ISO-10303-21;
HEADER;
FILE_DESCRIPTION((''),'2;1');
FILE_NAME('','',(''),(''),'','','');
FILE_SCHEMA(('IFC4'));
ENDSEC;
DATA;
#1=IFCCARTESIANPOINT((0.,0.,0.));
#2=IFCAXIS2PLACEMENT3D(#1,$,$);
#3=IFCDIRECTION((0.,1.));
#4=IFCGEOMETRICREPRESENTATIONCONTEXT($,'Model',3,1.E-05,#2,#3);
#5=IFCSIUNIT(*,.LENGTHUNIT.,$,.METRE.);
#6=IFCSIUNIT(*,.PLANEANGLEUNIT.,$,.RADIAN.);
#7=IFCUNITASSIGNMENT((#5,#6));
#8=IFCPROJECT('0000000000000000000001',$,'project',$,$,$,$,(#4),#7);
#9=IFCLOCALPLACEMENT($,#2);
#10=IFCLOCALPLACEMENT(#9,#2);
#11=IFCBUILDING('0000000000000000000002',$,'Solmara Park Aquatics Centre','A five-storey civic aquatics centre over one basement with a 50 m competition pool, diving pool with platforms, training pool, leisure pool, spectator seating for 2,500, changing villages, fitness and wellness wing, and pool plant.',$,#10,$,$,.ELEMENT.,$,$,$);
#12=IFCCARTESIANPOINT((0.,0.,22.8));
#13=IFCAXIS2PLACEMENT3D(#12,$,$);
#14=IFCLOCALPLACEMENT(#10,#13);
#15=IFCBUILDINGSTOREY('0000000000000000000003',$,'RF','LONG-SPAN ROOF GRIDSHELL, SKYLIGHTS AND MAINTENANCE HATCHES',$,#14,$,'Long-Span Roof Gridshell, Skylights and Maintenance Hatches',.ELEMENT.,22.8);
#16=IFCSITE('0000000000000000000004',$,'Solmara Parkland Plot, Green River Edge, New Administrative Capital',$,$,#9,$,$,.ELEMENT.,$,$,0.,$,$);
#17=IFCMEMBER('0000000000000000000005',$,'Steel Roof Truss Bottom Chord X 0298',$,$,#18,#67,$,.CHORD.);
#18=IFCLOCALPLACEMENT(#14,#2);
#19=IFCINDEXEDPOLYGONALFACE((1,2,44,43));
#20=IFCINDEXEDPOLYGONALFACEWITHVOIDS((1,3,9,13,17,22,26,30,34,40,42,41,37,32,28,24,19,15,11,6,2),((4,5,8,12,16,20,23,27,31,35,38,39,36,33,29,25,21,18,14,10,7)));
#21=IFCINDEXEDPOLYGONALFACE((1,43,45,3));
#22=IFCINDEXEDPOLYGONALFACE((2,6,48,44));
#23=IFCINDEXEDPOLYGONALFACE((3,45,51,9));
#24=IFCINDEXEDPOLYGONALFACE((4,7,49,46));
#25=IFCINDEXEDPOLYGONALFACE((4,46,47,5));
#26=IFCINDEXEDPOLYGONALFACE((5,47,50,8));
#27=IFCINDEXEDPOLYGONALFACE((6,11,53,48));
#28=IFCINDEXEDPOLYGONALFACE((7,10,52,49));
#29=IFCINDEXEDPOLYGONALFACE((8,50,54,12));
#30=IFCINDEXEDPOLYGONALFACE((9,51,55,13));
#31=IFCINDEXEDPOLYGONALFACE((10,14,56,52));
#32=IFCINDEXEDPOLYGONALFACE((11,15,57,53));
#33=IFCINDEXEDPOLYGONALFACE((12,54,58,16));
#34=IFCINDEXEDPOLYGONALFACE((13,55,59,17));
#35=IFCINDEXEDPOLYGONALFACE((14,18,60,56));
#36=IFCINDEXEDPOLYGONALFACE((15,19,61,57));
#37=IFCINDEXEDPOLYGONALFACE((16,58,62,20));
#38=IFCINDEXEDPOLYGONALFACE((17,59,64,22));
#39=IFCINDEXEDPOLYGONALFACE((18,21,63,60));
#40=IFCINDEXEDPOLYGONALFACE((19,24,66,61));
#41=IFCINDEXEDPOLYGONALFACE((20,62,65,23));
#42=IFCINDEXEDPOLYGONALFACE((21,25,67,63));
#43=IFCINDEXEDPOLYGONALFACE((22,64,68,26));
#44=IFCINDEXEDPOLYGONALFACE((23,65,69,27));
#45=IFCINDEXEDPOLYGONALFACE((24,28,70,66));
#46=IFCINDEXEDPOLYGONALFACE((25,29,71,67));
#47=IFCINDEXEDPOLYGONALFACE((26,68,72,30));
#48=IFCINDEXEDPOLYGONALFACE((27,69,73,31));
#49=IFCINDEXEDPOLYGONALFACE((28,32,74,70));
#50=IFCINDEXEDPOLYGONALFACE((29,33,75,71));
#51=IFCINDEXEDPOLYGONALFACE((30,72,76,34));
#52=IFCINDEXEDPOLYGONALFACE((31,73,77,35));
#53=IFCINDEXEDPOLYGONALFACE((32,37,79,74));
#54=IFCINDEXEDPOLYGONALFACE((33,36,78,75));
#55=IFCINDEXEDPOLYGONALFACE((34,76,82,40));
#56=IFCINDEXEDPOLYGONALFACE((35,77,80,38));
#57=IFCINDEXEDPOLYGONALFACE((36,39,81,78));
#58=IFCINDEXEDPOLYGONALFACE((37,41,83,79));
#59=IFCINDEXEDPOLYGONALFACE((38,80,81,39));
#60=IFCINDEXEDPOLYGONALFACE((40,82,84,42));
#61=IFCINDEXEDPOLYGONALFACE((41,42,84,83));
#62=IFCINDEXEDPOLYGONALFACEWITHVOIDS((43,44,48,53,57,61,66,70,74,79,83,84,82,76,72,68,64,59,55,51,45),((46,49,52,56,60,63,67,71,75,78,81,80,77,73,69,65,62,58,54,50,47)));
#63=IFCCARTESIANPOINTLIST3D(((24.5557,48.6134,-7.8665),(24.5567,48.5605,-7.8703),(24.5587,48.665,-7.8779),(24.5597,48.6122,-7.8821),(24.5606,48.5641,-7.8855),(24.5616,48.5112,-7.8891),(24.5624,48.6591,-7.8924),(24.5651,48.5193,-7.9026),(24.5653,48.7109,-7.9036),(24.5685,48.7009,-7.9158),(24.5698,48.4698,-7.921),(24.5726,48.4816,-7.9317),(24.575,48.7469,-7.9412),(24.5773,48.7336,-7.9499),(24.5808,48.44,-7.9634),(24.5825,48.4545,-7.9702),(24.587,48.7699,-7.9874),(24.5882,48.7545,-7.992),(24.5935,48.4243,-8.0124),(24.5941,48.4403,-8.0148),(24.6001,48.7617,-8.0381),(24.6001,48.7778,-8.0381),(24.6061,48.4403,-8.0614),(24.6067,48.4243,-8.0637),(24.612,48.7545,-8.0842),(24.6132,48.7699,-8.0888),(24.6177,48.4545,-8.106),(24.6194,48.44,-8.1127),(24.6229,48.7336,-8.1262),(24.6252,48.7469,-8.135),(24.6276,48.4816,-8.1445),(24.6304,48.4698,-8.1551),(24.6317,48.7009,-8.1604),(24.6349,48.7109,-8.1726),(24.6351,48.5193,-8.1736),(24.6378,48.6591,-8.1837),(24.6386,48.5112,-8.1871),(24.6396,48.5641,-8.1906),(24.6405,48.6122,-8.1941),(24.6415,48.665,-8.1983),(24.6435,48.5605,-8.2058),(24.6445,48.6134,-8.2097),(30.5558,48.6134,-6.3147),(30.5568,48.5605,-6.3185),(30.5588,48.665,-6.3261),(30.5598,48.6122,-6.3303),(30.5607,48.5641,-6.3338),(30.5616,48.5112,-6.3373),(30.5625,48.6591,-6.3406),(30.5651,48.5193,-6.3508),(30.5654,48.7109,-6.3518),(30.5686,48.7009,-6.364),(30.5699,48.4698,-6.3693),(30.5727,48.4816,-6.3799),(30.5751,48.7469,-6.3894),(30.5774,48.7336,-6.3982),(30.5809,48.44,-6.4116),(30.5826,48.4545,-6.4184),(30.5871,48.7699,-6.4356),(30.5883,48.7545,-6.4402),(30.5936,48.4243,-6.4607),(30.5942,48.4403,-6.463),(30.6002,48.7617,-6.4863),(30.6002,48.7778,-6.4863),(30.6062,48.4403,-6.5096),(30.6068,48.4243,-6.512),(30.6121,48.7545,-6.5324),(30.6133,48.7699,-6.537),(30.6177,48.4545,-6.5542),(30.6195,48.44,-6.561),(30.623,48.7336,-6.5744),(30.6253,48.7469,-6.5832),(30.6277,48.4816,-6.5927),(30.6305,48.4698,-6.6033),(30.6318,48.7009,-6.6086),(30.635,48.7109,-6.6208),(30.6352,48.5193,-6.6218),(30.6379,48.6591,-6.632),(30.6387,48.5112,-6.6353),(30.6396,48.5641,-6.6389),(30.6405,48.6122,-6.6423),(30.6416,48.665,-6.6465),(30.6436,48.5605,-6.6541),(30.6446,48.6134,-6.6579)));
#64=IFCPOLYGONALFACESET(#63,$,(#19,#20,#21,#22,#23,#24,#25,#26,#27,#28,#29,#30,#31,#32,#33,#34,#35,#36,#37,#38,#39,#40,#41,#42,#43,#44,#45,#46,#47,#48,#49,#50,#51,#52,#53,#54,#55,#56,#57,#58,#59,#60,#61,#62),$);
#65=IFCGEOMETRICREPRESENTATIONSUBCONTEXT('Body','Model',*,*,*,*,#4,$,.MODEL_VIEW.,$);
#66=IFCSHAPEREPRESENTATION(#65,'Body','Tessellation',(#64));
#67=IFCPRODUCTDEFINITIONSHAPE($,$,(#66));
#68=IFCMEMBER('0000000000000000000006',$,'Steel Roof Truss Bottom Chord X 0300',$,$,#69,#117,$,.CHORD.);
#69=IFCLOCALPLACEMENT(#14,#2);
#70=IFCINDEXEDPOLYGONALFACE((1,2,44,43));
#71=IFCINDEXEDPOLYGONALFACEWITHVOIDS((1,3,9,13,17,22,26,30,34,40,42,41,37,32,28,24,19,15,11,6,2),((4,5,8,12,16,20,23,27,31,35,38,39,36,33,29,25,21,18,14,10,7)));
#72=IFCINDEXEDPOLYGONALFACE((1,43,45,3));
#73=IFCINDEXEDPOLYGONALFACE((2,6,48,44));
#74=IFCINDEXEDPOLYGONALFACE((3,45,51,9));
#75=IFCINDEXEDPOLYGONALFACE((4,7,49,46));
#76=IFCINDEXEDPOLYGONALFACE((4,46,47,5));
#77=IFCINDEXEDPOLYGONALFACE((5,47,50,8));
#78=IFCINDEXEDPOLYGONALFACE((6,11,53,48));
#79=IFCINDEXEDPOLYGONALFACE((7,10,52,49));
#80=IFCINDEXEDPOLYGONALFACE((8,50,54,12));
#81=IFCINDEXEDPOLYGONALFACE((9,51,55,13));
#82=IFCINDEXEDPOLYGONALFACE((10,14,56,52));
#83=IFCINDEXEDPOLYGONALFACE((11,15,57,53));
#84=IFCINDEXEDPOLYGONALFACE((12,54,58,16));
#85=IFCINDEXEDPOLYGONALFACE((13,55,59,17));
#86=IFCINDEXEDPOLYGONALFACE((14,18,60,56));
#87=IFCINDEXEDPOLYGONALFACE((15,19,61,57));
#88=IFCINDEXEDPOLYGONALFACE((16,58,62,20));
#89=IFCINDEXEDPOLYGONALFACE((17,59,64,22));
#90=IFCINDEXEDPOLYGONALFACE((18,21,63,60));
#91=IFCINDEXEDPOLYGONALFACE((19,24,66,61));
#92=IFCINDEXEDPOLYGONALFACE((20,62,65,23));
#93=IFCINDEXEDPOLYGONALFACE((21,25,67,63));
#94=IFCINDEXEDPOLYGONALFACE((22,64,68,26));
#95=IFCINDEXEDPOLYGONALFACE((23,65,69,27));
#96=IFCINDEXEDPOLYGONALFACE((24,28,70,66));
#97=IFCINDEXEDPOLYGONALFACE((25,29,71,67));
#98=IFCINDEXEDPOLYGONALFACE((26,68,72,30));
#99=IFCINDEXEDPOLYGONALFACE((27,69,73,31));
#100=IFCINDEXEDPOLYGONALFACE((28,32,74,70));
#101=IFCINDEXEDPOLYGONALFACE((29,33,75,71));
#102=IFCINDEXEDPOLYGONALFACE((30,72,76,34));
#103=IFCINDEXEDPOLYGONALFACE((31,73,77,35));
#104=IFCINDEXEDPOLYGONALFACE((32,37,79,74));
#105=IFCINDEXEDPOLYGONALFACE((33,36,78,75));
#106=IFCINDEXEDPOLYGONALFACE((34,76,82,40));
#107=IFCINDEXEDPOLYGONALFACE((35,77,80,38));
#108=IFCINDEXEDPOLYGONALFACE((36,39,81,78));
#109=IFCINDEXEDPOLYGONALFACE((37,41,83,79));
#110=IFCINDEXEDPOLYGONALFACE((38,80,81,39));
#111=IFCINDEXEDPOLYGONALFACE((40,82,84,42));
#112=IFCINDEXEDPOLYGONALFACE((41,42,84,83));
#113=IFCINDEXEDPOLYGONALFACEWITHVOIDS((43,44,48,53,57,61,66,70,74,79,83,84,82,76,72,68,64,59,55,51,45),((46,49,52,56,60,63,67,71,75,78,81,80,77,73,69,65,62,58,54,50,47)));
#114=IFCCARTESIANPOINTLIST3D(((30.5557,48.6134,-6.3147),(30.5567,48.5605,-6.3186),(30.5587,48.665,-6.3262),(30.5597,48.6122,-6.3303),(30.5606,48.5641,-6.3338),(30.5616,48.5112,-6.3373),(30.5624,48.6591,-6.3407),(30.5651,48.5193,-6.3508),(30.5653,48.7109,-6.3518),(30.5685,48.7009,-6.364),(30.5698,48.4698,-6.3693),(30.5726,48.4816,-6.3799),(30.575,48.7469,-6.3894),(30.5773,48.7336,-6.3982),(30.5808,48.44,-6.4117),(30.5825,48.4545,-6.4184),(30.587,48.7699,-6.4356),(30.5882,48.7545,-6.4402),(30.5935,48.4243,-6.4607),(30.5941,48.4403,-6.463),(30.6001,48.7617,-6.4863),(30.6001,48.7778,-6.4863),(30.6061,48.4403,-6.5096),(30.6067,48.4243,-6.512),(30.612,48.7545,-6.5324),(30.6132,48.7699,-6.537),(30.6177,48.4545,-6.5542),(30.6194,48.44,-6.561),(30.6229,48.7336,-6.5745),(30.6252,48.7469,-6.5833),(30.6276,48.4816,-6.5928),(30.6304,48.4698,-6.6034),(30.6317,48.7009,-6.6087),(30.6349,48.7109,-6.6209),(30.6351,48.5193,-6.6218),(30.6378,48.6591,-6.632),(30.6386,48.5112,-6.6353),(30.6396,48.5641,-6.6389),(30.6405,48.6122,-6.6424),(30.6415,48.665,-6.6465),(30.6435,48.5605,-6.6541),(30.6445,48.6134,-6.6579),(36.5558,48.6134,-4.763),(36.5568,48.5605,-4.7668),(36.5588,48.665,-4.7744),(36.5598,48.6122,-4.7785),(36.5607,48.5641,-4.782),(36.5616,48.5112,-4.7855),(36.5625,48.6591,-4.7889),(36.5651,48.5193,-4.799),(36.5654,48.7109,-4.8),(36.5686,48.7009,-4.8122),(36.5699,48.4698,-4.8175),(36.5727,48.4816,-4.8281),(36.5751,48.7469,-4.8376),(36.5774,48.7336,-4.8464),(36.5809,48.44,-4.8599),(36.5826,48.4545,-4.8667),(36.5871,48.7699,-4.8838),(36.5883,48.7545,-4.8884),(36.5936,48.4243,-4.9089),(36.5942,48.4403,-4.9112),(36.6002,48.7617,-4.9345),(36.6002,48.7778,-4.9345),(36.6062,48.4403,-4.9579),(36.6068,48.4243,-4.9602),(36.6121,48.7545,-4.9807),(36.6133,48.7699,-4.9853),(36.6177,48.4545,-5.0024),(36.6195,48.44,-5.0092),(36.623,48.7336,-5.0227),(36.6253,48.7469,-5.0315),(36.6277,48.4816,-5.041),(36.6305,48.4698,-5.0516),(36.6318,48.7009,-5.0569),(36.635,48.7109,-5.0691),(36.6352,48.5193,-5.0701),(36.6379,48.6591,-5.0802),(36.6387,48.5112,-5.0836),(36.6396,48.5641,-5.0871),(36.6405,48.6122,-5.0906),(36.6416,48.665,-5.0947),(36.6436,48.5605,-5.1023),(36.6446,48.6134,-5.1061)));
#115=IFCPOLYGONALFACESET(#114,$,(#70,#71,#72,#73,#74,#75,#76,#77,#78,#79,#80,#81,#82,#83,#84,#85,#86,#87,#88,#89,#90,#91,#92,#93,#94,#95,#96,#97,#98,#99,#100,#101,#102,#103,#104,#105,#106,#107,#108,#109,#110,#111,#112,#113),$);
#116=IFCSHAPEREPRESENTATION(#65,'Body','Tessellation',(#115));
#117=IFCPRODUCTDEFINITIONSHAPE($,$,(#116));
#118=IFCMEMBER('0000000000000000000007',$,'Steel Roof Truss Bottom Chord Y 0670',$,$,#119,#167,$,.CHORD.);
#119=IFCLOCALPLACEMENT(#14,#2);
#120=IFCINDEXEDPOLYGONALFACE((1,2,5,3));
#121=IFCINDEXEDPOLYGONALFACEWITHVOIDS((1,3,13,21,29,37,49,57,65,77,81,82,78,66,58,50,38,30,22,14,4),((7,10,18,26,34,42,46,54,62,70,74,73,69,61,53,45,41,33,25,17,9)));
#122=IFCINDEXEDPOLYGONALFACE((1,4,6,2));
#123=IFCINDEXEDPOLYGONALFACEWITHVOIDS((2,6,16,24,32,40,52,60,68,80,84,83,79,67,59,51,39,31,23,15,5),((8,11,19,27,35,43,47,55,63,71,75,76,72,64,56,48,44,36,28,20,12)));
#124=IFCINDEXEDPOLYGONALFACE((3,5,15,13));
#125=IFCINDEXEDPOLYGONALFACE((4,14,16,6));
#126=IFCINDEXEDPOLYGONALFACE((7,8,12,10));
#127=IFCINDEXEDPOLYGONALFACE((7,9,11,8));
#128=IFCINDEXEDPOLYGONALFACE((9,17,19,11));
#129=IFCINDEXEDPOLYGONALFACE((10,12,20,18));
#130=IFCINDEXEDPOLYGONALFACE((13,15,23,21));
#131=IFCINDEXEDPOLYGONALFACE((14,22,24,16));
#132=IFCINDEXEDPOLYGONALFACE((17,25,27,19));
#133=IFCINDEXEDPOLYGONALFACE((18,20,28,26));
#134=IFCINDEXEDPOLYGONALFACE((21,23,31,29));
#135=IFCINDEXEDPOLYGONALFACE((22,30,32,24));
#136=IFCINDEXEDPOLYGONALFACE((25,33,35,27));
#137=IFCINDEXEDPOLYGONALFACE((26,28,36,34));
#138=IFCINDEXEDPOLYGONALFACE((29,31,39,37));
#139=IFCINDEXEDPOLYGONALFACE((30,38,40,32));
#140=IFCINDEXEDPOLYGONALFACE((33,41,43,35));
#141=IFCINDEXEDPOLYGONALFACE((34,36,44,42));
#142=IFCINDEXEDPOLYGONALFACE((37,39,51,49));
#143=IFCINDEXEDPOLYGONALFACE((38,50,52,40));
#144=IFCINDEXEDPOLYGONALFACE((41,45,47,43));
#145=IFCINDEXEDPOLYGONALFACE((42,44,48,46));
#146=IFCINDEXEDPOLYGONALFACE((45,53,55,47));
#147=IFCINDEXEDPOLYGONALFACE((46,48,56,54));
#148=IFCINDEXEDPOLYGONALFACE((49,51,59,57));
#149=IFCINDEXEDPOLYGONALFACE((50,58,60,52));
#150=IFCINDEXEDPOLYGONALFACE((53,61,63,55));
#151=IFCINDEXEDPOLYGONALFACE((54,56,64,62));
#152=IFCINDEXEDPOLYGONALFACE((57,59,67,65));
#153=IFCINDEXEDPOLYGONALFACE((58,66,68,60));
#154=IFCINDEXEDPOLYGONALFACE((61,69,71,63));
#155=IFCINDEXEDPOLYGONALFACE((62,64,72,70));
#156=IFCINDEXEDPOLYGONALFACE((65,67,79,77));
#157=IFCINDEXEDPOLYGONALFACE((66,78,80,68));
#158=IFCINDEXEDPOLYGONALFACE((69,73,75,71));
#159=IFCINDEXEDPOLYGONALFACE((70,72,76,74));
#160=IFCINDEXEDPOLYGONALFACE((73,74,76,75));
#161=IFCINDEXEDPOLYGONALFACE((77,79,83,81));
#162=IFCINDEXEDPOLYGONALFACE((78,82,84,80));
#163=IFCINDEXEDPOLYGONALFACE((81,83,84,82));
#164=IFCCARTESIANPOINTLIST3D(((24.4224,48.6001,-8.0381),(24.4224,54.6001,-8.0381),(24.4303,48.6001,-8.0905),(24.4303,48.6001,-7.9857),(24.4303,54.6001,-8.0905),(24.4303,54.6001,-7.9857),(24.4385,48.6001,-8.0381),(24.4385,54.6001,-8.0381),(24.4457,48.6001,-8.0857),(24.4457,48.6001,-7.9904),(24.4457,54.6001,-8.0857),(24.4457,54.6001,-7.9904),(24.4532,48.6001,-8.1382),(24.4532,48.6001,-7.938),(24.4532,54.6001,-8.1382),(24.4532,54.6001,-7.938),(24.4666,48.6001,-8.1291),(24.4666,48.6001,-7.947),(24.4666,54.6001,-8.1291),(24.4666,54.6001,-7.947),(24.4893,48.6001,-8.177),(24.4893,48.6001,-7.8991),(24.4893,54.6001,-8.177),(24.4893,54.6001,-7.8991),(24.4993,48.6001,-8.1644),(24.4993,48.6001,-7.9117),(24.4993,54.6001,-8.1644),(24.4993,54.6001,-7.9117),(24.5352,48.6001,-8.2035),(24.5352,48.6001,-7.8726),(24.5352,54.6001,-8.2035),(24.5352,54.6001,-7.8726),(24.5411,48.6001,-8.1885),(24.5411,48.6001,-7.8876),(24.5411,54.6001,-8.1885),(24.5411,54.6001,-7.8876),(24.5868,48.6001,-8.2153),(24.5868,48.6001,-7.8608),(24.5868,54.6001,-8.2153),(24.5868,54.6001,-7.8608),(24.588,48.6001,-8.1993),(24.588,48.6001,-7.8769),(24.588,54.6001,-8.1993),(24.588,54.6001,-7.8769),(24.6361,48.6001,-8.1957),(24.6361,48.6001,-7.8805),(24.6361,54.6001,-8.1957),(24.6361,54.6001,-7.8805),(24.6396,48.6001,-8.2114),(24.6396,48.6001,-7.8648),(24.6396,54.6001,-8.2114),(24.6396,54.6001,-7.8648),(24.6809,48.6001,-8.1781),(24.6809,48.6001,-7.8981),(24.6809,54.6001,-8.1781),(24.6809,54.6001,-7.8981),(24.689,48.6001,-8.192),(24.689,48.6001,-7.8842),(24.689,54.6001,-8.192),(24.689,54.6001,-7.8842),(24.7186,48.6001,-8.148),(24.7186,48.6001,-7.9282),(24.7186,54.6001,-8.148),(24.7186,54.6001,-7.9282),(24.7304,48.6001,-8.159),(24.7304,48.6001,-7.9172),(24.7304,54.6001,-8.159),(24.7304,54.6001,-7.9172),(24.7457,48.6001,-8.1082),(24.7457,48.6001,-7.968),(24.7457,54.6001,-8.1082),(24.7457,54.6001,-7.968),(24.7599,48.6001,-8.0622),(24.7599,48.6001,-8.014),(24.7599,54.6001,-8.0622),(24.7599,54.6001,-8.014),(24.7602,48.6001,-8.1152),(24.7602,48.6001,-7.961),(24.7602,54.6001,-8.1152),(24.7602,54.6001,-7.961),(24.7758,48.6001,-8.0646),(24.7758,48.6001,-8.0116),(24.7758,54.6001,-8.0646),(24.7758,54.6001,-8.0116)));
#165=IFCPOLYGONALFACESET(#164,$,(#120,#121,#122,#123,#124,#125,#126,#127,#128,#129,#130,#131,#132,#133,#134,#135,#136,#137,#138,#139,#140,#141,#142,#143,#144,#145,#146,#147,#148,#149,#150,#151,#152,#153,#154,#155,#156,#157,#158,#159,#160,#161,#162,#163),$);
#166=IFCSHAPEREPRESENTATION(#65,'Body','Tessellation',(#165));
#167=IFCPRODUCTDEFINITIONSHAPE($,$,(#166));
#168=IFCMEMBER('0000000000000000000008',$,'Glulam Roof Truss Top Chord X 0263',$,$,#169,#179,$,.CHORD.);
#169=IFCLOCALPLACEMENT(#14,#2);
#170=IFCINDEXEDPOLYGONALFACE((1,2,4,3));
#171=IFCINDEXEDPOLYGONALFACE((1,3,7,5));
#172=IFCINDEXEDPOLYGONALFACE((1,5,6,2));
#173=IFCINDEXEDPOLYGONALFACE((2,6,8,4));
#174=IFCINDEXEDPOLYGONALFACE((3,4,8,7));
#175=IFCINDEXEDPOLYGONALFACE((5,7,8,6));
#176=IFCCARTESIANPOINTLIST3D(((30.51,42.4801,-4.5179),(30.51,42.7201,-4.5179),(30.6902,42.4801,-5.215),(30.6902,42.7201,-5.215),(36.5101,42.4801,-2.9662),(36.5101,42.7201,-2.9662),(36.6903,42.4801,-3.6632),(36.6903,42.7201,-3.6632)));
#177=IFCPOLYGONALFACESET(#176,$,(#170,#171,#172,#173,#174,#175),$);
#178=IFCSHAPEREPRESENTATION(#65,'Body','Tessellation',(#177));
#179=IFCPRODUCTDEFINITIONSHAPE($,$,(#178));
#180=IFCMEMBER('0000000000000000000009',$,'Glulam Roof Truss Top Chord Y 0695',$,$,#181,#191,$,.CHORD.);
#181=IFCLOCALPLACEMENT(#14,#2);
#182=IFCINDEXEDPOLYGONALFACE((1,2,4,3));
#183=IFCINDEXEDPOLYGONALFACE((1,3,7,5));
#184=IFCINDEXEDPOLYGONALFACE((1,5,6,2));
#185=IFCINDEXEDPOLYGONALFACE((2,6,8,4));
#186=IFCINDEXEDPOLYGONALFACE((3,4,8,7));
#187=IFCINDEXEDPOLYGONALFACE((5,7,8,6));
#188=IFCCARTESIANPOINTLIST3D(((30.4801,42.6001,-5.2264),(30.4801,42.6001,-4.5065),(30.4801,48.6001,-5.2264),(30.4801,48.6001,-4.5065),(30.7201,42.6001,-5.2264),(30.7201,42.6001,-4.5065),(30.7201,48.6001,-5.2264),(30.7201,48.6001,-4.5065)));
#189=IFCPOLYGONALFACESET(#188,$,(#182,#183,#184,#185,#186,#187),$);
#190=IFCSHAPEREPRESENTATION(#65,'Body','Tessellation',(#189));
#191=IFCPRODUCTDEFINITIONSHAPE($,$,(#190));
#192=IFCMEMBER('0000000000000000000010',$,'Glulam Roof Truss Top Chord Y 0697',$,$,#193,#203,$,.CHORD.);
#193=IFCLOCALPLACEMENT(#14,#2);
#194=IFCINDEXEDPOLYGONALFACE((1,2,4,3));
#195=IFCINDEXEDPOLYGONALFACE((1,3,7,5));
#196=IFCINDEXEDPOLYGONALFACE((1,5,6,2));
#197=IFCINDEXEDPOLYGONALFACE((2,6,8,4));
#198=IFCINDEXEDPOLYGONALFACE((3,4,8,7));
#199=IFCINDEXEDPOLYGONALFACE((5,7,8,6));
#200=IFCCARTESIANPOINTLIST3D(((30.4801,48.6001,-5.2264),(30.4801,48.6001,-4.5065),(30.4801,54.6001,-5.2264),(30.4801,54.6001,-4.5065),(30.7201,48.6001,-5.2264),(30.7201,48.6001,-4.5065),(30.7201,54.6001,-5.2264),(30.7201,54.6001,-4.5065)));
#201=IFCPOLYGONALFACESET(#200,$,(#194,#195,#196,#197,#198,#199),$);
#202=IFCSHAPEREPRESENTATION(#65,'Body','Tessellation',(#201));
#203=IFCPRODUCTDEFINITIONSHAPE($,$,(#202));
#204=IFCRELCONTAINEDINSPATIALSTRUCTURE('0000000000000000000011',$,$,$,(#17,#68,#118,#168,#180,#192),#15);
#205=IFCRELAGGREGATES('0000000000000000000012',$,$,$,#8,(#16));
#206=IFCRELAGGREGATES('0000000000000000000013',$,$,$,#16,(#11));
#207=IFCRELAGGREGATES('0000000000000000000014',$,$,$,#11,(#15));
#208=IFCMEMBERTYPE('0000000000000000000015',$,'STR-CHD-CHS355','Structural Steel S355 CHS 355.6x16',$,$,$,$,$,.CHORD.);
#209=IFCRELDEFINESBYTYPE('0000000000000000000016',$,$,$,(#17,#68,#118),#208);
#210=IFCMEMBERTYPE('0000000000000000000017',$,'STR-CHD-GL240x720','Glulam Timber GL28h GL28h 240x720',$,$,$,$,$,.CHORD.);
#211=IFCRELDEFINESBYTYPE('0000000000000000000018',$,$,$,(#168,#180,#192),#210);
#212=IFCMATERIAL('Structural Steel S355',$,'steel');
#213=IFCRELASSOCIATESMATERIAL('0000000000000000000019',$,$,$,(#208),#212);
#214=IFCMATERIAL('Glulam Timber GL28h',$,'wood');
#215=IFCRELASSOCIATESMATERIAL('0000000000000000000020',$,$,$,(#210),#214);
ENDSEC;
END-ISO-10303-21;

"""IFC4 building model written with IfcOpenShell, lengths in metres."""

from ifc_helpers import new_model, si_unit, direction, frame, origin, origin_2d, place, context, subcontext, project, spatial, rectangle, hollow_circle, extrude, material, material_profile, profile_set, type_object, element, save


model = new_model("IFC4")

# Units and contexts
model_context = context("Model", 3, precision=1e-05, world=origin(), true_north=direction((0.0, 1.0)))
body_context = subcontext(model_context, "Body", "Model", "MODEL_VIEW")
ifc_project = project(units=[si_unit("LENGTHUNIT", "METRE"), si_unit("PLANEANGLEUNIT", "RADIAN")], contexts=[model_context])

# Site, building, storey
site_placement = place(None, origin())
site = spatial("IfcSite", under=ifc_project, at=site_placement, Name="Solmara Parkland Plot, Green River Edge, New Administrative Capital", CompositionType="ELEMENT", RefElevation=0.0)
building_placement = place(site_placement, origin())
building = spatial("IfcBuilding", under=site, at=building_placement, Name="Solmara Park Aquatics Centre", Description="A five-storey civic aquatics centre over one basement with a 50 m competition pool, diving pool with platforms, training pool, leisure pool, spectator seating for 2,500, changing villages, fitness and wellness wing, and pool plant.", CompositionType="ELEMENT")
storey_placement = place(building_placement, frame((0.0, 0.0, 22.8)))
storey = spatial("IfcBuildingStorey", under=building, at=storey_placement, Name="RF", Description="LONG-SPAN ROOF GRIDSHELL, SKYLIGHTS AND MAINTENANCE HATCHES", LongName="Long-Span Roof Gridshell, Skylights and Maintenance Hatches", CompositionType="ELEMENT", Elevation=22.8)

# Members
ifc_material_1 = material(Name="Structural Steel S355", Category="steel")
ifc_material_profile_1 = material_profile(ifc_material_1, hollow_circle(Radius=0.1777, WallThickness=0.0161, at=origin_2d()), Name="CHS 355.6x16")
ifc_profile_set_1 = profile_set([ifc_material_profile_1], Name="Structural Steel S355")
member_type_1 = type_object("IfcMemberType", Name="STR-CHD-CHS355", Description="Structural Steel S355 CHS 355.6x16", PredefinedType="CHORD", material=ifc_profile_set_1)
for number, where, z_axis, x_axis, name in (
    (1, (24.6001, 48.6001, -8.0381), (0.968146, 0.0, 0.250388), (0.0, 1.0, 0.0), "Steel Roof Truss Bottom Chord X 0298"),
    (2, (30.6001, 48.6001, -6.4863), (0.968146, 0.0, 0.250388), (0.0, 1.0, 0.0), "Steel Roof Truss Bottom Chord X 0300"),
):
    element("IfcMember", number, at=place(storey_placement, frame(where, z_axis=z_axis, x_axis=x_axis)), inside=storey, type_object=member_type_1, Name=name, PredefinedType="CHORD", context=body_context, shape_type="SweptSolid", body=[
        extrude(hollow_circle(Radius=0.1777, WallThickness=0.0161, at=origin_2d()), origin(), (0.0, 0.0, 1.0), 6.1975),
    ])
member_1_placement = place(storey_placement, frame((24.6001, 48.6001, -8.0381), z_axis=(0.0, 1.0, 0.0), x_axis=(-1.0, 0.0, 0.0)))
element("IfcMember", 3, at=member_1_placement, inside=storey, type_object=member_type_1, Name="Steel Roof Truss Bottom Chord Y 0670", PredefinedType="CHORD", context=body_context, shape_type="SweptSolid", body=[
    extrude(hollow_circle(Radius=0.1777, WallThickness=0.0161, at=origin_2d()), origin(), (0.0, 0.0, 1.0), 6.0),
])
ifc_material_2 = material(Name="Glulam Timber GL28h", Category="wood")
ifc_material_profile_2 = material_profile(ifc_material_2, rectangle(XDim=0.24, YDim=0.72, at=origin_2d()), Name="GL28h 240x720")
ifc_profile_set_2 = profile_set([ifc_material_profile_2], Name="Glulam Timber GL28h")
member_type_2 = type_object("IfcMemberType", Name="STR-CHD-GL240x720", Description="Glulam Timber GL28h GL28h 240x720", PredefinedType="CHORD", material=ifc_profile_set_2)
member_2_placement = place(storey_placement, frame((30.6001, 42.6001, -4.8665), z_axis=(0.968146, 0.0, 0.250388), x_axis=(0.0, 1.0, 0.0)))
element("IfcMember", 4, at=member_2_placement, inside=storey, type_object=member_type_2, Name="Glulam Roof Truss Top Chord X 0263", PredefinedType="CHORD", context=body_context, shape_type="SweptSolid", body=[
    extrude(rectangle(XDim=0.24, YDim=0.72, at=origin_2d()), origin(), (0.0, 0.0, 1.0), 6.1975),
])
for number, where, z_axis, x_axis, name in (
    (5, (30.6001, 42.6001, -4.8665), (0.0, 1.0, 0.0), (-1.0, 0.0, 0.0), "Glulam Roof Truss Top Chord Y 0695"),
    (6, (30.6001, 48.6001, -4.8665), (0.0, 1.0, 0.0), (-1.0, 0.0, 0.0), "Glulam Roof Truss Top Chord Y 0697"),
):
    element("IfcMember", number, at=place(storey_placement, frame(where, z_axis=z_axis, x_axis=x_axis)), inside=storey, type_object=member_type_2, Name=name, PredefinedType="CHORD", context=body_context, shape_type="SweptSolid", body=[
        extrude(rectangle(XDim=0.24, YDim=0.72, at=origin_2d()), origin(), (0.0, 0.0, 1.0), 6.0),
    ])

save(model, "model.ifc")
